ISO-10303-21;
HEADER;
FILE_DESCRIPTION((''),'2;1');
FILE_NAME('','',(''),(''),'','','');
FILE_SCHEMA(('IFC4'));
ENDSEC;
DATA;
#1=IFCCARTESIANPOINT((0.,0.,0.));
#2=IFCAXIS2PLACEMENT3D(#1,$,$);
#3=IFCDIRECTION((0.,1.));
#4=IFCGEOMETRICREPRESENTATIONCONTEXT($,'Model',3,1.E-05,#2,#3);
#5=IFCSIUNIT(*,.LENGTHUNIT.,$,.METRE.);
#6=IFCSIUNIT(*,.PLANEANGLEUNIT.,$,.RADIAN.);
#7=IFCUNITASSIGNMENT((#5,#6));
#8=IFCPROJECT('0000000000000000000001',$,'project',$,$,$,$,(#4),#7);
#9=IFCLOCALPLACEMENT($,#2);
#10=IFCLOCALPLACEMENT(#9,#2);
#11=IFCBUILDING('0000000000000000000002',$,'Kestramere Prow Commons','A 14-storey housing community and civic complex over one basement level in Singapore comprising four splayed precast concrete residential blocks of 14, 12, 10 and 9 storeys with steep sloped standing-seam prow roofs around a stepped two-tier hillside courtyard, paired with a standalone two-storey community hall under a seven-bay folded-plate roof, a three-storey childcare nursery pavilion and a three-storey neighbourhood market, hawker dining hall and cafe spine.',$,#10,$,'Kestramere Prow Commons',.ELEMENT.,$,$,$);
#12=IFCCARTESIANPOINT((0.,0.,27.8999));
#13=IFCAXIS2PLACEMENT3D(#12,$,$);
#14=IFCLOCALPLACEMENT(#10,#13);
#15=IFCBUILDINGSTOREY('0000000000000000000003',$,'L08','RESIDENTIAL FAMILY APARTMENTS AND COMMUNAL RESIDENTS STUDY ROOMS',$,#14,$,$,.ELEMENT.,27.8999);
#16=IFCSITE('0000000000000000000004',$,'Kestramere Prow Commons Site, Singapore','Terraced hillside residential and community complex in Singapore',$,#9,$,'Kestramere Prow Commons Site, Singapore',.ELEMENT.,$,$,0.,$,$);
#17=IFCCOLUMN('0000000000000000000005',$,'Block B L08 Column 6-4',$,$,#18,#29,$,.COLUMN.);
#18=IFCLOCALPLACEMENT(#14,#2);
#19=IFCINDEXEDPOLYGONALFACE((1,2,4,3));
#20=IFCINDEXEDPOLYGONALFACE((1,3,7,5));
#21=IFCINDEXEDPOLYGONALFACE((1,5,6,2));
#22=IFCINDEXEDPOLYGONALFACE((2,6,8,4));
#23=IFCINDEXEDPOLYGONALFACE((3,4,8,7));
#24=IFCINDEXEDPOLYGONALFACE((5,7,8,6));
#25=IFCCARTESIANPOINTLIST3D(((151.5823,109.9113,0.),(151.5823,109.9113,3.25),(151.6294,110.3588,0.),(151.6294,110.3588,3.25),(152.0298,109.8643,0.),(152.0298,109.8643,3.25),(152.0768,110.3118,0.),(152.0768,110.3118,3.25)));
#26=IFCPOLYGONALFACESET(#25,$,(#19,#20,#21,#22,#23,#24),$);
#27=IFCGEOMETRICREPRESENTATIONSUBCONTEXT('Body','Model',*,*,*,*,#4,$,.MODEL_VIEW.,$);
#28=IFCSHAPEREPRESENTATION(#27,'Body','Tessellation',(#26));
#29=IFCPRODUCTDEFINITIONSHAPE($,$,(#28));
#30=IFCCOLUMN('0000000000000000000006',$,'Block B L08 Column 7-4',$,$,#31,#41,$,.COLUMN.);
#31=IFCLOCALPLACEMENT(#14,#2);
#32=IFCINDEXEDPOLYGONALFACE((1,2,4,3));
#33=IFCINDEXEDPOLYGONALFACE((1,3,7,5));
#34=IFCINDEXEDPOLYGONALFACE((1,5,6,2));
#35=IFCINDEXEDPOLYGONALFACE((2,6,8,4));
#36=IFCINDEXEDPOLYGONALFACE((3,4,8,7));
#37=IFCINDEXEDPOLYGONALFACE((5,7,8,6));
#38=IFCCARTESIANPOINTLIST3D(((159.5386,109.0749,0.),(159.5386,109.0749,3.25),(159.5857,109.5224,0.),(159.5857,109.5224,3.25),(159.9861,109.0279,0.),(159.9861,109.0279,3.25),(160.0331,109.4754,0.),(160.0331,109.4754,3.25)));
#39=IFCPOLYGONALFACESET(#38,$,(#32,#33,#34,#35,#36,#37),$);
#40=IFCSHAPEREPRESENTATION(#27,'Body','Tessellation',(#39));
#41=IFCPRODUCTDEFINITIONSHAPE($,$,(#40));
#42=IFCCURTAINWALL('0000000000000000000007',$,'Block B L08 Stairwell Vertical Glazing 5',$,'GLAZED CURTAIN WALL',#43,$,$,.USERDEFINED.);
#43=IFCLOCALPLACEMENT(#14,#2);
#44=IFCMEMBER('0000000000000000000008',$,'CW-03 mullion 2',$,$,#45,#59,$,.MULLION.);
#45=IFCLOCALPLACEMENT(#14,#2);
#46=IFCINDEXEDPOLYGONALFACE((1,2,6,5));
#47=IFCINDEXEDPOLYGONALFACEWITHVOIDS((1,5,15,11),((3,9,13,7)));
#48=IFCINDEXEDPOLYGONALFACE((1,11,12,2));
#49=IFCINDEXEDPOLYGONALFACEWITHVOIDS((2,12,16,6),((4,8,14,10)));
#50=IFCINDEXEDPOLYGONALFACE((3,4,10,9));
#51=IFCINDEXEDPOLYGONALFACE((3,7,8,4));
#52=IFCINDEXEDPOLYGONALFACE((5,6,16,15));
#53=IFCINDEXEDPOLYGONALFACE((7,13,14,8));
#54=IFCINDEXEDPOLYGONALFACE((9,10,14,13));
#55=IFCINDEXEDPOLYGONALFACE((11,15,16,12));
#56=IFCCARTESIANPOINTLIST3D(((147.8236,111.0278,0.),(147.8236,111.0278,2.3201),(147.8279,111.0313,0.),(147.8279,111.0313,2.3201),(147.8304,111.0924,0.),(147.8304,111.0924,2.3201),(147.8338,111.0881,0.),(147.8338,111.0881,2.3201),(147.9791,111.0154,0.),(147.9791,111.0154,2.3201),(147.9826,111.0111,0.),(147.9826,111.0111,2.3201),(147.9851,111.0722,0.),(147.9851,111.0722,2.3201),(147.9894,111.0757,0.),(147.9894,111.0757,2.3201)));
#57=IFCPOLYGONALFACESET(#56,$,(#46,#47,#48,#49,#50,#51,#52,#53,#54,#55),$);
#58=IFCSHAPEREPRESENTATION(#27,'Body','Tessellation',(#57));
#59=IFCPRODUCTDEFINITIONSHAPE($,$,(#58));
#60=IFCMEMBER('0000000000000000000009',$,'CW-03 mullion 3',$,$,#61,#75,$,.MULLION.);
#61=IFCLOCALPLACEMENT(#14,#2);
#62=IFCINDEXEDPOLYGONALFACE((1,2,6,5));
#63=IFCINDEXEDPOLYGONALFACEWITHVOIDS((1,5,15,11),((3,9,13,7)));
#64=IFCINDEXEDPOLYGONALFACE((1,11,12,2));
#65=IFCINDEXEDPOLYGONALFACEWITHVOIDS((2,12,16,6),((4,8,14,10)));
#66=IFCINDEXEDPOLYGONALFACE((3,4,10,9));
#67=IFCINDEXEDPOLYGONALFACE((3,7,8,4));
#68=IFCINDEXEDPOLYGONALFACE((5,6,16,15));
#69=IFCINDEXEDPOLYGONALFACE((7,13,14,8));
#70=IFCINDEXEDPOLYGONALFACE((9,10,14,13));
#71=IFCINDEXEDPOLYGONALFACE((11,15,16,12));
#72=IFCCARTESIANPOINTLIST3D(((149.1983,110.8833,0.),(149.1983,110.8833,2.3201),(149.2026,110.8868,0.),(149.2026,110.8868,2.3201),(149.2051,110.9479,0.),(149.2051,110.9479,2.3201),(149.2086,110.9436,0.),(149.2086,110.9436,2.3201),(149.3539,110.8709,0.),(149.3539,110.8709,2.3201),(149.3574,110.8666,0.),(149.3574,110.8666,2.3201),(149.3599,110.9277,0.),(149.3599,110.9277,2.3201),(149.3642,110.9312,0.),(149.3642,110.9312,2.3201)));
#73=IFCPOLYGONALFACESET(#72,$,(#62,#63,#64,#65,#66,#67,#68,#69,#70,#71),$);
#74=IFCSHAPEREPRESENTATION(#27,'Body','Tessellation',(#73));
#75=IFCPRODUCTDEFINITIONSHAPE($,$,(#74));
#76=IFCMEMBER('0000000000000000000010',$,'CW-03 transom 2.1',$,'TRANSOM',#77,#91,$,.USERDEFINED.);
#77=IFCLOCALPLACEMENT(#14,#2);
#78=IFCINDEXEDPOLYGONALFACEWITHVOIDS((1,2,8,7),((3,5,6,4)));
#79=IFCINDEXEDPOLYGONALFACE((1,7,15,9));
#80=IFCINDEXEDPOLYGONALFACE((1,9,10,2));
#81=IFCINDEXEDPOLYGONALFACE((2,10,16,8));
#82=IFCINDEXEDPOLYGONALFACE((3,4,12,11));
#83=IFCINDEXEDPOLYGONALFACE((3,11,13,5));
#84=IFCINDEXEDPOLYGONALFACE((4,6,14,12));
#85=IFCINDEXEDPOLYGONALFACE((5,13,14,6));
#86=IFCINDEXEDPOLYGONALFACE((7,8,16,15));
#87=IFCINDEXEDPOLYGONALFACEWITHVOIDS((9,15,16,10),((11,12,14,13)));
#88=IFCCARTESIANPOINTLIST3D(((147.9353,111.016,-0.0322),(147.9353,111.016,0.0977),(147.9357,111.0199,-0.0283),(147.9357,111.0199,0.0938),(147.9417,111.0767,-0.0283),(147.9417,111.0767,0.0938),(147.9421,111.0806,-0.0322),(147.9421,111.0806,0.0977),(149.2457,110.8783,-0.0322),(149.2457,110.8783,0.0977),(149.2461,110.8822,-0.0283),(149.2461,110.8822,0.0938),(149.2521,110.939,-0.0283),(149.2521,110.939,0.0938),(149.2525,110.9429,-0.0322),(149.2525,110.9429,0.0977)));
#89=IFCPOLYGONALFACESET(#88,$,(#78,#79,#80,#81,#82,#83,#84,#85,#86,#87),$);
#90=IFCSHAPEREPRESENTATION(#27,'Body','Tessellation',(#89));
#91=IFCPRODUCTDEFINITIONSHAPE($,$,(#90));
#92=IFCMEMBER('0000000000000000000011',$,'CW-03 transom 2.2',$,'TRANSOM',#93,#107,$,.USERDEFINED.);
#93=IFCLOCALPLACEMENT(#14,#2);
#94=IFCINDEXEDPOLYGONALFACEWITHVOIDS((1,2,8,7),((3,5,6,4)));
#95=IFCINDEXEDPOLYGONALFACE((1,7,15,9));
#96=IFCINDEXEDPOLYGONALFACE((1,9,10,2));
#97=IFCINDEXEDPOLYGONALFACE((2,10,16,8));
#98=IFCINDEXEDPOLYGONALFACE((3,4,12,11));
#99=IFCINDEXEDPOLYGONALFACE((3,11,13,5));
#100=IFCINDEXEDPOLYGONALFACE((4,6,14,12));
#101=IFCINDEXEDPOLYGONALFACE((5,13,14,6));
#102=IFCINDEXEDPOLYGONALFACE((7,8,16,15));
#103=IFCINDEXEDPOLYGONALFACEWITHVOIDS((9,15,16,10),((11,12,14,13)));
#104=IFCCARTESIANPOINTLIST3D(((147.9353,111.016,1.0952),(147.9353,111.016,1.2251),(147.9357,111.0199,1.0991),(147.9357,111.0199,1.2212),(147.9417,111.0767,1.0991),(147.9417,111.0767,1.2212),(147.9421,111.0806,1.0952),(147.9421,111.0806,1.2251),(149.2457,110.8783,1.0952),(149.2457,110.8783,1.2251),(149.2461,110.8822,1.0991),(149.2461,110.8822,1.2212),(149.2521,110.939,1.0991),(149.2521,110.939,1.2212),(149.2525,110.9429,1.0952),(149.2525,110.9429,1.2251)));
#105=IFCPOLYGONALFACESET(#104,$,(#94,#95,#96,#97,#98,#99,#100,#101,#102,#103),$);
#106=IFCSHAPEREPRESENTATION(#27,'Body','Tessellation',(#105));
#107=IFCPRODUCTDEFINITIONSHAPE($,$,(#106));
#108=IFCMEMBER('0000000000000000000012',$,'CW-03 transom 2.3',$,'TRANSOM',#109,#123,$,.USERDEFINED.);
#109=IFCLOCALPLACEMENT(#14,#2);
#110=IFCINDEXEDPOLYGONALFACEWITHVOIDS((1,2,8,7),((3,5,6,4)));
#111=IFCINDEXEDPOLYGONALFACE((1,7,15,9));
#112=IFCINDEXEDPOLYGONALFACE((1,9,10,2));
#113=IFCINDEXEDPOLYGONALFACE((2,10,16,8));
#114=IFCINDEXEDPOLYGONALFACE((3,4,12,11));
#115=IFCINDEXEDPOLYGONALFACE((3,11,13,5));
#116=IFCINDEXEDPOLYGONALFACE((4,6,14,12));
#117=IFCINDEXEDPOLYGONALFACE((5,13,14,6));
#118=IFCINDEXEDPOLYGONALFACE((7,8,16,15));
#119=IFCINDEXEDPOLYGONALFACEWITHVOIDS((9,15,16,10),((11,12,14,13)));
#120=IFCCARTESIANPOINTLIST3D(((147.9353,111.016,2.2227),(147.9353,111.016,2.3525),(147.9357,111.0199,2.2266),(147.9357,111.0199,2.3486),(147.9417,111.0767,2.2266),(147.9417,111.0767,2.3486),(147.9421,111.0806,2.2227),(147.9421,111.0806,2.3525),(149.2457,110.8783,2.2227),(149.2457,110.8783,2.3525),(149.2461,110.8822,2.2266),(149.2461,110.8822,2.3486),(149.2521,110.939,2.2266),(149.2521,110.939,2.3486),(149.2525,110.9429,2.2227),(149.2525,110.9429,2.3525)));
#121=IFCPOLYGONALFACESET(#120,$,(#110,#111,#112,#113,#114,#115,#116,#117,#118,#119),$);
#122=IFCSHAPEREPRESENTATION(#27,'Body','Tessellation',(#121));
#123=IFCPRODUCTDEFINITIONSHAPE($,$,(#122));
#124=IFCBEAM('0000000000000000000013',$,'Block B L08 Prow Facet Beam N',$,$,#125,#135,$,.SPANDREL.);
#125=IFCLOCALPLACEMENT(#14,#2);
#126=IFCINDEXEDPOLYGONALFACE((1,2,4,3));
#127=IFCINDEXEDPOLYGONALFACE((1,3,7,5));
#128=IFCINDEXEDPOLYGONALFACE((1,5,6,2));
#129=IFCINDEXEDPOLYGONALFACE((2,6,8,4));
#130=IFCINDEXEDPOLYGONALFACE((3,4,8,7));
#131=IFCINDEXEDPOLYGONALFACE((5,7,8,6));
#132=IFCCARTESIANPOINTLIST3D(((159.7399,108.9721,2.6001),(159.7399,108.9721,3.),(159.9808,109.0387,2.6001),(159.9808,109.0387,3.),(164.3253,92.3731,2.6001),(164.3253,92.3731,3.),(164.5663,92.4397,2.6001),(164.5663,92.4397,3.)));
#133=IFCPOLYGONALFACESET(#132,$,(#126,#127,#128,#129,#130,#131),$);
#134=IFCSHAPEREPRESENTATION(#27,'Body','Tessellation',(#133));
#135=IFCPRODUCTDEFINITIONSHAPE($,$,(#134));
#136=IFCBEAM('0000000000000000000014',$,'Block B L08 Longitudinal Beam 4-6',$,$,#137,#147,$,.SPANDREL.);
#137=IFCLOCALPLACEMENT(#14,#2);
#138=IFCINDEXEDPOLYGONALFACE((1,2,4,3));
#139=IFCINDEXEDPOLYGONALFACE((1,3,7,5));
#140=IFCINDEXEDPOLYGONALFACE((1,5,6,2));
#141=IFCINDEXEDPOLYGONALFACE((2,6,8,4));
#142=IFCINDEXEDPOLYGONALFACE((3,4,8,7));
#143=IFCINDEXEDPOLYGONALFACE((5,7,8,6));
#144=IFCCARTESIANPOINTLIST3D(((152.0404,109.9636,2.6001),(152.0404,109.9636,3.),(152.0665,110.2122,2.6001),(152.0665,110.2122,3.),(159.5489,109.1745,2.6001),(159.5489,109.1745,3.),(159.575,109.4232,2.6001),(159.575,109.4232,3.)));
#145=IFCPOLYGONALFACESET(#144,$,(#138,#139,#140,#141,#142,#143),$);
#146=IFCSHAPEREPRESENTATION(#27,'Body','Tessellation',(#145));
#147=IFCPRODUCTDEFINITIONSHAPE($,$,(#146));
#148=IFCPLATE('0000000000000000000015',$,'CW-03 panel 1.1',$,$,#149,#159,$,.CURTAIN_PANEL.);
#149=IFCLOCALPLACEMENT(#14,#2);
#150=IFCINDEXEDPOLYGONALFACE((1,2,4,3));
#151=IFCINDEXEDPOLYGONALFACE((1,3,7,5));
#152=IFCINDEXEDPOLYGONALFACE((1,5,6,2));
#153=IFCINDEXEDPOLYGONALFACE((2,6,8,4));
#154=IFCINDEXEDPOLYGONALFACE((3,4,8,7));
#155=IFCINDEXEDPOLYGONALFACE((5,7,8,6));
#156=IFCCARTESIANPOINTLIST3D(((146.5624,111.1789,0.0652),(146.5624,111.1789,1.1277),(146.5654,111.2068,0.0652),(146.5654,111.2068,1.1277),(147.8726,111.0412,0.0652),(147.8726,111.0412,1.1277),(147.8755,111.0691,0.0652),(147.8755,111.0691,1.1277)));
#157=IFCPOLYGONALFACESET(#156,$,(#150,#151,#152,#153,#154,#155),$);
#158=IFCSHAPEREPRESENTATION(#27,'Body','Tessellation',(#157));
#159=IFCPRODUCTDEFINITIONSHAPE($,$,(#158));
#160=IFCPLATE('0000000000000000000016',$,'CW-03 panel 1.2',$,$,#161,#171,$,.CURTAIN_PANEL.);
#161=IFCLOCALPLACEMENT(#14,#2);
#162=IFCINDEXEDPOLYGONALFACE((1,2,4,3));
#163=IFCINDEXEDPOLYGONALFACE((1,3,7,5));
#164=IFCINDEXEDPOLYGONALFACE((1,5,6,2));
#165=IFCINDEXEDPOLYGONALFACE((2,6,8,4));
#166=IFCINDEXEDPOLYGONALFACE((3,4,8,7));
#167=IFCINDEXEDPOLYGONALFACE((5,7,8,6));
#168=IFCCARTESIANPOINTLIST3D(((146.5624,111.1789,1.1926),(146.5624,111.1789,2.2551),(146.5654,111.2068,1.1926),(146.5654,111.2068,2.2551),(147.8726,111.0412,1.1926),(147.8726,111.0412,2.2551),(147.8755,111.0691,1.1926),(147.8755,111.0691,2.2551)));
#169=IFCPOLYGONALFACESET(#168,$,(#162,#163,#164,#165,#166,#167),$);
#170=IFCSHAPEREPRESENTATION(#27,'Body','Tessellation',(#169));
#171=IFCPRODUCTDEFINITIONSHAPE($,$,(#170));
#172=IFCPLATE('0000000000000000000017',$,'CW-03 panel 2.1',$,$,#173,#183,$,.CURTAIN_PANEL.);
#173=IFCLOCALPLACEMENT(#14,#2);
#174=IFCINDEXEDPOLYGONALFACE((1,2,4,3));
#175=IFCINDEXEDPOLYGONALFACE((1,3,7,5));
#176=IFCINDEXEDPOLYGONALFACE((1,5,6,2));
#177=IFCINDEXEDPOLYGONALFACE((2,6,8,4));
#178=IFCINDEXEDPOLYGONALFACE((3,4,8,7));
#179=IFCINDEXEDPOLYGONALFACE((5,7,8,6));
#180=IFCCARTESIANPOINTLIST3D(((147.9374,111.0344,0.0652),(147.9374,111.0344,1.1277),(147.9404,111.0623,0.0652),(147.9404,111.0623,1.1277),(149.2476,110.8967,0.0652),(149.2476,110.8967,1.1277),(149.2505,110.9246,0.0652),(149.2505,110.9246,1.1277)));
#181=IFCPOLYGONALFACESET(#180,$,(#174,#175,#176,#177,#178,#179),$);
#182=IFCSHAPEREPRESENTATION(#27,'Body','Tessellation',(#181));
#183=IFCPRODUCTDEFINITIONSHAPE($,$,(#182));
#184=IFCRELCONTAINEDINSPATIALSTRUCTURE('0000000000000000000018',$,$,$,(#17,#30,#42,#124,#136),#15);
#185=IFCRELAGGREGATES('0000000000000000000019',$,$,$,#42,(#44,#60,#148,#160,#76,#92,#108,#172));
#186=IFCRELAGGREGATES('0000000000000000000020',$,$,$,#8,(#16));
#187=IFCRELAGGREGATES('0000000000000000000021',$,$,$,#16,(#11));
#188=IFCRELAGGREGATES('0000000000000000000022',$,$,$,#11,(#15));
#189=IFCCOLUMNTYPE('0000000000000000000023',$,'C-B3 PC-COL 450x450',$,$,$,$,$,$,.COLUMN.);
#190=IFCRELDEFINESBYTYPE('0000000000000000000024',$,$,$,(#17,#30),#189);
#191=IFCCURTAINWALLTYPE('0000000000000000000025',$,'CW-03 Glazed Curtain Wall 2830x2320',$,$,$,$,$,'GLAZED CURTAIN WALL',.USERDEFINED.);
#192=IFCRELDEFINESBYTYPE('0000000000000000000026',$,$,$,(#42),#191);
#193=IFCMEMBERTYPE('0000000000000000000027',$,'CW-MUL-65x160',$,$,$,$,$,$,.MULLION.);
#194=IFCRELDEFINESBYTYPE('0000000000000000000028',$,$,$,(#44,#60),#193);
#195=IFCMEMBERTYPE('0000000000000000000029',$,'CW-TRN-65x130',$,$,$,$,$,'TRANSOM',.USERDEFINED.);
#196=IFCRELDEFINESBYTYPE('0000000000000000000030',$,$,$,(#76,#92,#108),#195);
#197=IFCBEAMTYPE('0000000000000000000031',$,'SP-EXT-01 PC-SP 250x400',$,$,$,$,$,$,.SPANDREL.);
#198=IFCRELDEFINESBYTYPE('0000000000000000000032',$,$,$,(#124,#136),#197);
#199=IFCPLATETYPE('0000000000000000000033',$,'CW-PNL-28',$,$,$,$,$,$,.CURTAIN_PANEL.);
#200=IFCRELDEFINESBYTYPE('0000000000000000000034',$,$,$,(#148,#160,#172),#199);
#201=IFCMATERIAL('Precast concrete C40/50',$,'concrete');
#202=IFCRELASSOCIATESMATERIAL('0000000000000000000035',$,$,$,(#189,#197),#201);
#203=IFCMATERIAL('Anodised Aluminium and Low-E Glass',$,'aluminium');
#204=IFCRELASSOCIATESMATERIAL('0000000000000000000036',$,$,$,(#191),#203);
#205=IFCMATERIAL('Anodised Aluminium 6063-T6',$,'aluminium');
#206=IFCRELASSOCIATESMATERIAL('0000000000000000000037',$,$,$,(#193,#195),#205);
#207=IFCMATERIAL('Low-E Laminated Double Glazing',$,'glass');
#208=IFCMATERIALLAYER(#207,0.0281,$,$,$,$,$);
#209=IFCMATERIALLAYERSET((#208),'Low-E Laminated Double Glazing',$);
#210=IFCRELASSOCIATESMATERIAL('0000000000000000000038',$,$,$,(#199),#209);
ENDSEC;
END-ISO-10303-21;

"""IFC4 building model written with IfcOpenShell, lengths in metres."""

from ifc_helpers import new_model, si_unit, direction, frame, origin, origin_2d, place, context, subcontext, project, spatial, rectangle, hollow_rectangle, extrude, material, layer, layer_set, material_profile, profile_set, type_object, element, aggregate, save


model = new_model("IFC4")

# Units and contexts
model_context = context("Model", 3, precision=1e-05, world=origin(), true_north=direction((0.0, 1.0)))
body_context = subcontext(model_context, "Body", "Model", "MODEL_VIEW")
ifc_project = project(units=[si_unit("LENGTHUNIT", "METRE"), si_unit("PLANEANGLEUNIT", "RADIAN")], contexts=[model_context])

# Site, building, storey
site_placement = place(None, origin())
site = spatial("IfcSite", under=ifc_project, at=site_placement, Name="Kestramere Prow Commons Site, Singapore", Description="Terraced hillside residential and community complex in Singapore", LongName="Kestramere Prow Commons Site, Singapore", CompositionType="ELEMENT", RefElevation=0.0)
building_placement = place(site_placement, origin())
building = spatial("IfcBuilding", under=site, at=building_placement, Name="Kestramere Prow Commons", Description="A 14-storey housing community and civic complex over one basement level in Singapore comprising four splayed precast concrete residential blocks of 14, 12, 10 and 9 storeys with steep sloped standing-seam prow roofs around a stepped two-tier hillside courtyard, paired with a standalone two-storey community hall under a seven-bay folded-plate roof, a three-storey childcare nursery pavilion and a three-storey neighbourhood market, hawker dining hall and cafe spine.", LongName="Kestramere Prow Commons", CompositionType="ELEMENT")
storey_placement = place(building_placement, frame((0.0, 0.0, 27.8999)))
storey = spatial("IfcBuildingStorey", under=building, at=storey_placement, Name="L08", Description="RESIDENTIAL FAMILY APARTMENTS AND COMMUNAL RESIDENTS STUDY ROOMS", CompositionType="ELEMENT", Elevation=27.8999)

# Columns
ifc_material_1 = material(Name="Precast concrete C40/50", Category="concrete")
ifc_material_profile_1 = material_profile(ifc_material_1, rectangle(XDim=0.45, YDim=0.45, at=origin_2d()), Name="PC-COL 450x450")
ifc_profile_set_1 = profile_set([ifc_material_profile_1], Name="Precast concrete C40/50")
column_type = type_object("IfcColumnType", Name="C-B3 PC-COL 450x450", PredefinedType="COLUMN", material=ifc_profile_set_1)
for number, where, z_axis, x_axis, name in (
    (1, (151.8296, 110.1116, 0.0), (0.0, 0.0, 1.0), (0.994522, -0.104528, 0.0), "Block B L08 Column 6-4"),
    (2, (159.7859, 109.2751, 0.0), (0.0, 0.0, 1.0), (0.994522, -0.104528, 0.0), "Block B L08 Column 7-4"),
):
    element("IfcColumn", number, at=place(storey_placement, frame(where, z_axis=z_axis, x_axis=x_axis)), inside=storey, type_object=column_type, Name=name, PredefinedType="COLUMN", context=body_context, shape_type="SweptSolid", body=[
        extrude(rectangle(XDim=0.45, YDim=0.45, at=origin_2d()), origin(), (0.0, 0.0, 1.0), 3.25),
    ])

# Curtain wall, members
ifc_material_2 = material(Name="Anodised Aluminium and Low-E Glass", Category="aluminium")
curtain_wall_type = type_object("IfcCurtainWallType", Name="CW-03 Glazed Curtain Wall 2830x2320", ElementType="GLAZED CURTAIN WALL", PredefinedType="USERDEFINED", material=ifc_material_2)
curtain_wall_placement = place(storey_placement, origin())
curtain_wall = element("IfcCurtainWall", 3, at=curtain_wall_placement, inside=storey, type_object=curtain_wall_type, Name="Block B L08 Stairwell Vertical Glazing 5", ObjectType="GLAZED CURTAIN WALL", PredefinedType="USERDEFINED")
ifc_material_3 = material(Name="Anodised Aluminium 6063-T6", Category="aluminium")
ifc_material_profile_2 = material_profile(ifc_material_3, hollow_rectangle(XDim=0.0649, YDim=0.1599, WallThickness=0.0039, at=origin_2d()), Name="ALU-MUL 65x160")
ifc_profile_set_2 = profile_set([ifc_material_profile_2], Name="Anodised Aluminium 6063-T6")
member_type_1 = type_object("IfcMemberType", Name="CW-MUL-65x160", PredefinedType="MULLION", material=ifc_profile_set_2)
member_1_placement = place(storey_placement, frame((147.9065, 111.0518, 0.0), z_axis=(0.0, 0.0, 1.0), x_axis=(0.104528, 0.994522, 0.0)))
member_1 = element("IfcMember", 4, at=member_1_placement, type_object=member_type_1, Name="CW-03 mullion 2", PredefinedType="MULLION", context=body_context, shape_type="SweptSolid", body=[
    extrude(hollow_rectangle(XDim=0.0649, YDim=0.1599, WallThickness=0.0039, at=origin_2d()), origin(), (0.0, 0.0, 1.0), 2.3201),
])
member_2_placement = place(storey_placement, frame((149.2812, 110.9072, 0.0), z_axis=(0.0, 0.0, 1.0), x_axis=(0.104528, 0.994522, 0.0)))
member_2 = element("IfcMember", 5, at=member_2_placement, type_object=member_type_1, Name="CW-03 mullion 3", PredefinedType="MULLION", context=body_context, shape_type="SweptSolid", body=[
    extrude(hollow_rectangle(XDim=0.0649, YDim=0.1599, WallThickness=0.0039, at=origin_2d()), origin(), (0.0, 0.0, 1.0), 2.3201),
])
ifc_material_profile_3 = material_profile(ifc_material_3, hollow_rectangle(XDim=0.0649, YDim=0.1299, WallThickness=0.0039, at=origin_2d()), Name="ALU-TRN 65x130")
ifc_profile_set_3 = profile_set([ifc_material_profile_3], Name="Anodised Aluminium 6063-T6")
member_type_2 = type_object("IfcMemberType", Name="CW-TRN-65x130", ElementType="TRANSOM", PredefinedType="USERDEFINED", material=ifc_profile_set_3)
member_3_placement = place(storey_placement, frame((147.9387, 111.0483, 0.0327), z_axis=(0.994524, -0.104511, 0.0), x_axis=(0.104511, 0.994524, 0.0)))
member_3 = element("IfcMember", 6, at=member_3_placement, type_object=member_type_2, Name="CW-03 transom 2.1", ObjectType="TRANSOM", PredefinedType="USERDEFINED", context=body_context, shape_type="SweptSolid", body=[
    extrude(hollow_rectangle(XDim=0.0649, YDim=0.1299, WallThickness=0.0039, at=origin_2d()), origin(), (0.0, 0.0, 1.0), 1.3176),
])
member_4_placement = place(storey_placement, frame((147.9387, 111.0483, 1.1602), z_axis=(0.994524, -0.104511, 0.0), x_axis=(0.104511, 0.994524, 0.0)))
member_4 = element("IfcMember", 7, at=member_4_placement, type_object=member_type_2, Name="CW-03 transom 2.2", ObjectType="TRANSOM", PredefinedType="USERDEFINED", context=body_context, shape_type="SweptSolid", body=[
    extrude(hollow_rectangle(XDim=0.0649, YDim=0.1299, WallThickness=0.0039, at=origin_2d()), origin(), (0.0, 0.0, 1.0), 1.3176),
])
member_5_placement = place(storey_placement, frame((147.9387, 111.0483, 2.2876), z_axis=(0.994524, -0.104511, 0.0), x_axis=(0.104511, 0.994524, 0.0)))
member_5 = element("IfcMember", 8, at=member_5_placement, type_object=member_type_2, Name="CW-03 transom 2.3", ObjectType="TRANSOM", PredefinedType="USERDEFINED", context=body_context, shape_type="SweptSolid", body=[
    extrude(hollow_rectangle(XDim=0.0649, YDim=0.1299, WallThickness=0.0039, at=origin_2d()), origin(), (0.0, 0.0, 1.0), 1.3176),
])

# Beams
ifc_material_profile_4 = material_profile(ifc_material_1, rectangle(XDim=0.25, YDim=0.3999, at=origin_2d()), Name="PC-SP 250x400")
ifc_profile_set_4 = profile_set([ifc_material_profile_4], Name="Precast concrete C40/50")
beam_type = type_object("IfcBeamType", Name="SP-EXT-01 PC-SP 250x400", PredefinedType="SPANDREL", material=ifc_profile_set_4)
beam_1_placement = place(storey_placement, frame((159.8604, 109.0054, 2.8), z_axis=(0.266277, -0.963897, 0.0), x_axis=(0.963897, 0.266277, 0.0)))
element("IfcBeam", 9, at=beam_1_placement, inside=storey, type_object=beam_type, Name="Block B L08 Prow Facet Beam N", PredefinedType="SPANDREL", context=body_context, shape_type="SweptSolid", body=[
    extrude(rectangle(XDim=0.25, YDim=0.3999, at=origin_2d()), origin(), (0.0, 0.0, 1.0), 17.2207),
])
beam_2_placement = place(storey_placement, frame((152.0535, 110.0879, 2.8), z_axis=(0.994524, -0.104513, 0.0), x_axis=(0.104513, 0.994524, 0.0)))
element("IfcBeam", 10, at=beam_2_placement, inside=storey, type_object=beam_type, Name="Block B L08 Longitudinal Beam 4-6", PredefinedType="SPANDREL", context=body_context, shape_type="SweptSolid", body=[
    extrude(rectangle(XDim=0.25, YDim=0.3999, at=origin_2d()), origin(), (0.0, 0.0, 1.0), 7.5498),
])

# Plates
ifc_material_4 = material(Name="Low-E Laminated Double Glazing", Category="glass")
ifc_layer_1 = layer(ifc_material_4, 0.0281)
ifc_layer_set_1 = layer_set([ifc_layer_1], Name="Low-E Laminated Double Glazing")
plate_type = type_object("IfcPlateType", Name="CW-PNL-28", PredefinedType="CURTAIN_PANEL", material=ifc_layer_set_1)
plate_1_placement = place(storey_placement, frame((147.219, 111.124, 0.0652), z_axis=(0.0, 0.0, 1.0), x_axis=(0.994522, -0.104528, 0.0)))
plate_1 = element("IfcPlate", 11, at=plate_1_placement, type_object=plate_type, Name="CW-03 panel 1.1", PredefinedType="CURTAIN_PANEL", context=body_context, shape_type="SweptSolid", body=[
    extrude(rectangle(XDim=1.3174, YDim=0.0281, at=origin_2d()), origin(), (0.0, 0.0, 1.0), 1.0625),
])
plate_2_placement = place(storey_placement, frame((147.219, 111.124, 1.1926), z_axis=(0.0, 0.0, 1.0), x_axis=(0.994522, -0.104528, 0.0)))
plate_2 = element("IfcPlate", 12, at=plate_2_placement, type_object=plate_type, Name="CW-03 panel 1.2", PredefinedType="CURTAIN_PANEL", context=body_context, shape_type="SweptSolid", body=[
    extrude(rectangle(XDim=1.3174, YDim=0.0281, at=origin_2d()), origin(), (0.0, 0.0, 1.0), 1.0625),
])
plate_3_placement = place(storey_placement, frame((148.594, 110.9795, 0.0652), z_axis=(0.0, 0.0, 1.0), x_axis=(0.994522, -0.104528, 0.0)))
plate_3 = element("IfcPlate", 13, at=plate_3_placement, type_object=plate_type, Name="CW-03 panel 2.1", PredefinedType="CURTAIN_PANEL", context=body_context, shape_type="SweptSolid", body=[
    extrude(rectangle(XDim=1.3174, YDim=0.0281, at=origin_2d()), origin(), (0.0, 0.0, 1.0), 1.0625),
])
aggregate(curtain_wall, [member_1, member_2, plate_1, plate_2, member_3, member_4, member_5, plate_3])

save(model, "model.ifc")
